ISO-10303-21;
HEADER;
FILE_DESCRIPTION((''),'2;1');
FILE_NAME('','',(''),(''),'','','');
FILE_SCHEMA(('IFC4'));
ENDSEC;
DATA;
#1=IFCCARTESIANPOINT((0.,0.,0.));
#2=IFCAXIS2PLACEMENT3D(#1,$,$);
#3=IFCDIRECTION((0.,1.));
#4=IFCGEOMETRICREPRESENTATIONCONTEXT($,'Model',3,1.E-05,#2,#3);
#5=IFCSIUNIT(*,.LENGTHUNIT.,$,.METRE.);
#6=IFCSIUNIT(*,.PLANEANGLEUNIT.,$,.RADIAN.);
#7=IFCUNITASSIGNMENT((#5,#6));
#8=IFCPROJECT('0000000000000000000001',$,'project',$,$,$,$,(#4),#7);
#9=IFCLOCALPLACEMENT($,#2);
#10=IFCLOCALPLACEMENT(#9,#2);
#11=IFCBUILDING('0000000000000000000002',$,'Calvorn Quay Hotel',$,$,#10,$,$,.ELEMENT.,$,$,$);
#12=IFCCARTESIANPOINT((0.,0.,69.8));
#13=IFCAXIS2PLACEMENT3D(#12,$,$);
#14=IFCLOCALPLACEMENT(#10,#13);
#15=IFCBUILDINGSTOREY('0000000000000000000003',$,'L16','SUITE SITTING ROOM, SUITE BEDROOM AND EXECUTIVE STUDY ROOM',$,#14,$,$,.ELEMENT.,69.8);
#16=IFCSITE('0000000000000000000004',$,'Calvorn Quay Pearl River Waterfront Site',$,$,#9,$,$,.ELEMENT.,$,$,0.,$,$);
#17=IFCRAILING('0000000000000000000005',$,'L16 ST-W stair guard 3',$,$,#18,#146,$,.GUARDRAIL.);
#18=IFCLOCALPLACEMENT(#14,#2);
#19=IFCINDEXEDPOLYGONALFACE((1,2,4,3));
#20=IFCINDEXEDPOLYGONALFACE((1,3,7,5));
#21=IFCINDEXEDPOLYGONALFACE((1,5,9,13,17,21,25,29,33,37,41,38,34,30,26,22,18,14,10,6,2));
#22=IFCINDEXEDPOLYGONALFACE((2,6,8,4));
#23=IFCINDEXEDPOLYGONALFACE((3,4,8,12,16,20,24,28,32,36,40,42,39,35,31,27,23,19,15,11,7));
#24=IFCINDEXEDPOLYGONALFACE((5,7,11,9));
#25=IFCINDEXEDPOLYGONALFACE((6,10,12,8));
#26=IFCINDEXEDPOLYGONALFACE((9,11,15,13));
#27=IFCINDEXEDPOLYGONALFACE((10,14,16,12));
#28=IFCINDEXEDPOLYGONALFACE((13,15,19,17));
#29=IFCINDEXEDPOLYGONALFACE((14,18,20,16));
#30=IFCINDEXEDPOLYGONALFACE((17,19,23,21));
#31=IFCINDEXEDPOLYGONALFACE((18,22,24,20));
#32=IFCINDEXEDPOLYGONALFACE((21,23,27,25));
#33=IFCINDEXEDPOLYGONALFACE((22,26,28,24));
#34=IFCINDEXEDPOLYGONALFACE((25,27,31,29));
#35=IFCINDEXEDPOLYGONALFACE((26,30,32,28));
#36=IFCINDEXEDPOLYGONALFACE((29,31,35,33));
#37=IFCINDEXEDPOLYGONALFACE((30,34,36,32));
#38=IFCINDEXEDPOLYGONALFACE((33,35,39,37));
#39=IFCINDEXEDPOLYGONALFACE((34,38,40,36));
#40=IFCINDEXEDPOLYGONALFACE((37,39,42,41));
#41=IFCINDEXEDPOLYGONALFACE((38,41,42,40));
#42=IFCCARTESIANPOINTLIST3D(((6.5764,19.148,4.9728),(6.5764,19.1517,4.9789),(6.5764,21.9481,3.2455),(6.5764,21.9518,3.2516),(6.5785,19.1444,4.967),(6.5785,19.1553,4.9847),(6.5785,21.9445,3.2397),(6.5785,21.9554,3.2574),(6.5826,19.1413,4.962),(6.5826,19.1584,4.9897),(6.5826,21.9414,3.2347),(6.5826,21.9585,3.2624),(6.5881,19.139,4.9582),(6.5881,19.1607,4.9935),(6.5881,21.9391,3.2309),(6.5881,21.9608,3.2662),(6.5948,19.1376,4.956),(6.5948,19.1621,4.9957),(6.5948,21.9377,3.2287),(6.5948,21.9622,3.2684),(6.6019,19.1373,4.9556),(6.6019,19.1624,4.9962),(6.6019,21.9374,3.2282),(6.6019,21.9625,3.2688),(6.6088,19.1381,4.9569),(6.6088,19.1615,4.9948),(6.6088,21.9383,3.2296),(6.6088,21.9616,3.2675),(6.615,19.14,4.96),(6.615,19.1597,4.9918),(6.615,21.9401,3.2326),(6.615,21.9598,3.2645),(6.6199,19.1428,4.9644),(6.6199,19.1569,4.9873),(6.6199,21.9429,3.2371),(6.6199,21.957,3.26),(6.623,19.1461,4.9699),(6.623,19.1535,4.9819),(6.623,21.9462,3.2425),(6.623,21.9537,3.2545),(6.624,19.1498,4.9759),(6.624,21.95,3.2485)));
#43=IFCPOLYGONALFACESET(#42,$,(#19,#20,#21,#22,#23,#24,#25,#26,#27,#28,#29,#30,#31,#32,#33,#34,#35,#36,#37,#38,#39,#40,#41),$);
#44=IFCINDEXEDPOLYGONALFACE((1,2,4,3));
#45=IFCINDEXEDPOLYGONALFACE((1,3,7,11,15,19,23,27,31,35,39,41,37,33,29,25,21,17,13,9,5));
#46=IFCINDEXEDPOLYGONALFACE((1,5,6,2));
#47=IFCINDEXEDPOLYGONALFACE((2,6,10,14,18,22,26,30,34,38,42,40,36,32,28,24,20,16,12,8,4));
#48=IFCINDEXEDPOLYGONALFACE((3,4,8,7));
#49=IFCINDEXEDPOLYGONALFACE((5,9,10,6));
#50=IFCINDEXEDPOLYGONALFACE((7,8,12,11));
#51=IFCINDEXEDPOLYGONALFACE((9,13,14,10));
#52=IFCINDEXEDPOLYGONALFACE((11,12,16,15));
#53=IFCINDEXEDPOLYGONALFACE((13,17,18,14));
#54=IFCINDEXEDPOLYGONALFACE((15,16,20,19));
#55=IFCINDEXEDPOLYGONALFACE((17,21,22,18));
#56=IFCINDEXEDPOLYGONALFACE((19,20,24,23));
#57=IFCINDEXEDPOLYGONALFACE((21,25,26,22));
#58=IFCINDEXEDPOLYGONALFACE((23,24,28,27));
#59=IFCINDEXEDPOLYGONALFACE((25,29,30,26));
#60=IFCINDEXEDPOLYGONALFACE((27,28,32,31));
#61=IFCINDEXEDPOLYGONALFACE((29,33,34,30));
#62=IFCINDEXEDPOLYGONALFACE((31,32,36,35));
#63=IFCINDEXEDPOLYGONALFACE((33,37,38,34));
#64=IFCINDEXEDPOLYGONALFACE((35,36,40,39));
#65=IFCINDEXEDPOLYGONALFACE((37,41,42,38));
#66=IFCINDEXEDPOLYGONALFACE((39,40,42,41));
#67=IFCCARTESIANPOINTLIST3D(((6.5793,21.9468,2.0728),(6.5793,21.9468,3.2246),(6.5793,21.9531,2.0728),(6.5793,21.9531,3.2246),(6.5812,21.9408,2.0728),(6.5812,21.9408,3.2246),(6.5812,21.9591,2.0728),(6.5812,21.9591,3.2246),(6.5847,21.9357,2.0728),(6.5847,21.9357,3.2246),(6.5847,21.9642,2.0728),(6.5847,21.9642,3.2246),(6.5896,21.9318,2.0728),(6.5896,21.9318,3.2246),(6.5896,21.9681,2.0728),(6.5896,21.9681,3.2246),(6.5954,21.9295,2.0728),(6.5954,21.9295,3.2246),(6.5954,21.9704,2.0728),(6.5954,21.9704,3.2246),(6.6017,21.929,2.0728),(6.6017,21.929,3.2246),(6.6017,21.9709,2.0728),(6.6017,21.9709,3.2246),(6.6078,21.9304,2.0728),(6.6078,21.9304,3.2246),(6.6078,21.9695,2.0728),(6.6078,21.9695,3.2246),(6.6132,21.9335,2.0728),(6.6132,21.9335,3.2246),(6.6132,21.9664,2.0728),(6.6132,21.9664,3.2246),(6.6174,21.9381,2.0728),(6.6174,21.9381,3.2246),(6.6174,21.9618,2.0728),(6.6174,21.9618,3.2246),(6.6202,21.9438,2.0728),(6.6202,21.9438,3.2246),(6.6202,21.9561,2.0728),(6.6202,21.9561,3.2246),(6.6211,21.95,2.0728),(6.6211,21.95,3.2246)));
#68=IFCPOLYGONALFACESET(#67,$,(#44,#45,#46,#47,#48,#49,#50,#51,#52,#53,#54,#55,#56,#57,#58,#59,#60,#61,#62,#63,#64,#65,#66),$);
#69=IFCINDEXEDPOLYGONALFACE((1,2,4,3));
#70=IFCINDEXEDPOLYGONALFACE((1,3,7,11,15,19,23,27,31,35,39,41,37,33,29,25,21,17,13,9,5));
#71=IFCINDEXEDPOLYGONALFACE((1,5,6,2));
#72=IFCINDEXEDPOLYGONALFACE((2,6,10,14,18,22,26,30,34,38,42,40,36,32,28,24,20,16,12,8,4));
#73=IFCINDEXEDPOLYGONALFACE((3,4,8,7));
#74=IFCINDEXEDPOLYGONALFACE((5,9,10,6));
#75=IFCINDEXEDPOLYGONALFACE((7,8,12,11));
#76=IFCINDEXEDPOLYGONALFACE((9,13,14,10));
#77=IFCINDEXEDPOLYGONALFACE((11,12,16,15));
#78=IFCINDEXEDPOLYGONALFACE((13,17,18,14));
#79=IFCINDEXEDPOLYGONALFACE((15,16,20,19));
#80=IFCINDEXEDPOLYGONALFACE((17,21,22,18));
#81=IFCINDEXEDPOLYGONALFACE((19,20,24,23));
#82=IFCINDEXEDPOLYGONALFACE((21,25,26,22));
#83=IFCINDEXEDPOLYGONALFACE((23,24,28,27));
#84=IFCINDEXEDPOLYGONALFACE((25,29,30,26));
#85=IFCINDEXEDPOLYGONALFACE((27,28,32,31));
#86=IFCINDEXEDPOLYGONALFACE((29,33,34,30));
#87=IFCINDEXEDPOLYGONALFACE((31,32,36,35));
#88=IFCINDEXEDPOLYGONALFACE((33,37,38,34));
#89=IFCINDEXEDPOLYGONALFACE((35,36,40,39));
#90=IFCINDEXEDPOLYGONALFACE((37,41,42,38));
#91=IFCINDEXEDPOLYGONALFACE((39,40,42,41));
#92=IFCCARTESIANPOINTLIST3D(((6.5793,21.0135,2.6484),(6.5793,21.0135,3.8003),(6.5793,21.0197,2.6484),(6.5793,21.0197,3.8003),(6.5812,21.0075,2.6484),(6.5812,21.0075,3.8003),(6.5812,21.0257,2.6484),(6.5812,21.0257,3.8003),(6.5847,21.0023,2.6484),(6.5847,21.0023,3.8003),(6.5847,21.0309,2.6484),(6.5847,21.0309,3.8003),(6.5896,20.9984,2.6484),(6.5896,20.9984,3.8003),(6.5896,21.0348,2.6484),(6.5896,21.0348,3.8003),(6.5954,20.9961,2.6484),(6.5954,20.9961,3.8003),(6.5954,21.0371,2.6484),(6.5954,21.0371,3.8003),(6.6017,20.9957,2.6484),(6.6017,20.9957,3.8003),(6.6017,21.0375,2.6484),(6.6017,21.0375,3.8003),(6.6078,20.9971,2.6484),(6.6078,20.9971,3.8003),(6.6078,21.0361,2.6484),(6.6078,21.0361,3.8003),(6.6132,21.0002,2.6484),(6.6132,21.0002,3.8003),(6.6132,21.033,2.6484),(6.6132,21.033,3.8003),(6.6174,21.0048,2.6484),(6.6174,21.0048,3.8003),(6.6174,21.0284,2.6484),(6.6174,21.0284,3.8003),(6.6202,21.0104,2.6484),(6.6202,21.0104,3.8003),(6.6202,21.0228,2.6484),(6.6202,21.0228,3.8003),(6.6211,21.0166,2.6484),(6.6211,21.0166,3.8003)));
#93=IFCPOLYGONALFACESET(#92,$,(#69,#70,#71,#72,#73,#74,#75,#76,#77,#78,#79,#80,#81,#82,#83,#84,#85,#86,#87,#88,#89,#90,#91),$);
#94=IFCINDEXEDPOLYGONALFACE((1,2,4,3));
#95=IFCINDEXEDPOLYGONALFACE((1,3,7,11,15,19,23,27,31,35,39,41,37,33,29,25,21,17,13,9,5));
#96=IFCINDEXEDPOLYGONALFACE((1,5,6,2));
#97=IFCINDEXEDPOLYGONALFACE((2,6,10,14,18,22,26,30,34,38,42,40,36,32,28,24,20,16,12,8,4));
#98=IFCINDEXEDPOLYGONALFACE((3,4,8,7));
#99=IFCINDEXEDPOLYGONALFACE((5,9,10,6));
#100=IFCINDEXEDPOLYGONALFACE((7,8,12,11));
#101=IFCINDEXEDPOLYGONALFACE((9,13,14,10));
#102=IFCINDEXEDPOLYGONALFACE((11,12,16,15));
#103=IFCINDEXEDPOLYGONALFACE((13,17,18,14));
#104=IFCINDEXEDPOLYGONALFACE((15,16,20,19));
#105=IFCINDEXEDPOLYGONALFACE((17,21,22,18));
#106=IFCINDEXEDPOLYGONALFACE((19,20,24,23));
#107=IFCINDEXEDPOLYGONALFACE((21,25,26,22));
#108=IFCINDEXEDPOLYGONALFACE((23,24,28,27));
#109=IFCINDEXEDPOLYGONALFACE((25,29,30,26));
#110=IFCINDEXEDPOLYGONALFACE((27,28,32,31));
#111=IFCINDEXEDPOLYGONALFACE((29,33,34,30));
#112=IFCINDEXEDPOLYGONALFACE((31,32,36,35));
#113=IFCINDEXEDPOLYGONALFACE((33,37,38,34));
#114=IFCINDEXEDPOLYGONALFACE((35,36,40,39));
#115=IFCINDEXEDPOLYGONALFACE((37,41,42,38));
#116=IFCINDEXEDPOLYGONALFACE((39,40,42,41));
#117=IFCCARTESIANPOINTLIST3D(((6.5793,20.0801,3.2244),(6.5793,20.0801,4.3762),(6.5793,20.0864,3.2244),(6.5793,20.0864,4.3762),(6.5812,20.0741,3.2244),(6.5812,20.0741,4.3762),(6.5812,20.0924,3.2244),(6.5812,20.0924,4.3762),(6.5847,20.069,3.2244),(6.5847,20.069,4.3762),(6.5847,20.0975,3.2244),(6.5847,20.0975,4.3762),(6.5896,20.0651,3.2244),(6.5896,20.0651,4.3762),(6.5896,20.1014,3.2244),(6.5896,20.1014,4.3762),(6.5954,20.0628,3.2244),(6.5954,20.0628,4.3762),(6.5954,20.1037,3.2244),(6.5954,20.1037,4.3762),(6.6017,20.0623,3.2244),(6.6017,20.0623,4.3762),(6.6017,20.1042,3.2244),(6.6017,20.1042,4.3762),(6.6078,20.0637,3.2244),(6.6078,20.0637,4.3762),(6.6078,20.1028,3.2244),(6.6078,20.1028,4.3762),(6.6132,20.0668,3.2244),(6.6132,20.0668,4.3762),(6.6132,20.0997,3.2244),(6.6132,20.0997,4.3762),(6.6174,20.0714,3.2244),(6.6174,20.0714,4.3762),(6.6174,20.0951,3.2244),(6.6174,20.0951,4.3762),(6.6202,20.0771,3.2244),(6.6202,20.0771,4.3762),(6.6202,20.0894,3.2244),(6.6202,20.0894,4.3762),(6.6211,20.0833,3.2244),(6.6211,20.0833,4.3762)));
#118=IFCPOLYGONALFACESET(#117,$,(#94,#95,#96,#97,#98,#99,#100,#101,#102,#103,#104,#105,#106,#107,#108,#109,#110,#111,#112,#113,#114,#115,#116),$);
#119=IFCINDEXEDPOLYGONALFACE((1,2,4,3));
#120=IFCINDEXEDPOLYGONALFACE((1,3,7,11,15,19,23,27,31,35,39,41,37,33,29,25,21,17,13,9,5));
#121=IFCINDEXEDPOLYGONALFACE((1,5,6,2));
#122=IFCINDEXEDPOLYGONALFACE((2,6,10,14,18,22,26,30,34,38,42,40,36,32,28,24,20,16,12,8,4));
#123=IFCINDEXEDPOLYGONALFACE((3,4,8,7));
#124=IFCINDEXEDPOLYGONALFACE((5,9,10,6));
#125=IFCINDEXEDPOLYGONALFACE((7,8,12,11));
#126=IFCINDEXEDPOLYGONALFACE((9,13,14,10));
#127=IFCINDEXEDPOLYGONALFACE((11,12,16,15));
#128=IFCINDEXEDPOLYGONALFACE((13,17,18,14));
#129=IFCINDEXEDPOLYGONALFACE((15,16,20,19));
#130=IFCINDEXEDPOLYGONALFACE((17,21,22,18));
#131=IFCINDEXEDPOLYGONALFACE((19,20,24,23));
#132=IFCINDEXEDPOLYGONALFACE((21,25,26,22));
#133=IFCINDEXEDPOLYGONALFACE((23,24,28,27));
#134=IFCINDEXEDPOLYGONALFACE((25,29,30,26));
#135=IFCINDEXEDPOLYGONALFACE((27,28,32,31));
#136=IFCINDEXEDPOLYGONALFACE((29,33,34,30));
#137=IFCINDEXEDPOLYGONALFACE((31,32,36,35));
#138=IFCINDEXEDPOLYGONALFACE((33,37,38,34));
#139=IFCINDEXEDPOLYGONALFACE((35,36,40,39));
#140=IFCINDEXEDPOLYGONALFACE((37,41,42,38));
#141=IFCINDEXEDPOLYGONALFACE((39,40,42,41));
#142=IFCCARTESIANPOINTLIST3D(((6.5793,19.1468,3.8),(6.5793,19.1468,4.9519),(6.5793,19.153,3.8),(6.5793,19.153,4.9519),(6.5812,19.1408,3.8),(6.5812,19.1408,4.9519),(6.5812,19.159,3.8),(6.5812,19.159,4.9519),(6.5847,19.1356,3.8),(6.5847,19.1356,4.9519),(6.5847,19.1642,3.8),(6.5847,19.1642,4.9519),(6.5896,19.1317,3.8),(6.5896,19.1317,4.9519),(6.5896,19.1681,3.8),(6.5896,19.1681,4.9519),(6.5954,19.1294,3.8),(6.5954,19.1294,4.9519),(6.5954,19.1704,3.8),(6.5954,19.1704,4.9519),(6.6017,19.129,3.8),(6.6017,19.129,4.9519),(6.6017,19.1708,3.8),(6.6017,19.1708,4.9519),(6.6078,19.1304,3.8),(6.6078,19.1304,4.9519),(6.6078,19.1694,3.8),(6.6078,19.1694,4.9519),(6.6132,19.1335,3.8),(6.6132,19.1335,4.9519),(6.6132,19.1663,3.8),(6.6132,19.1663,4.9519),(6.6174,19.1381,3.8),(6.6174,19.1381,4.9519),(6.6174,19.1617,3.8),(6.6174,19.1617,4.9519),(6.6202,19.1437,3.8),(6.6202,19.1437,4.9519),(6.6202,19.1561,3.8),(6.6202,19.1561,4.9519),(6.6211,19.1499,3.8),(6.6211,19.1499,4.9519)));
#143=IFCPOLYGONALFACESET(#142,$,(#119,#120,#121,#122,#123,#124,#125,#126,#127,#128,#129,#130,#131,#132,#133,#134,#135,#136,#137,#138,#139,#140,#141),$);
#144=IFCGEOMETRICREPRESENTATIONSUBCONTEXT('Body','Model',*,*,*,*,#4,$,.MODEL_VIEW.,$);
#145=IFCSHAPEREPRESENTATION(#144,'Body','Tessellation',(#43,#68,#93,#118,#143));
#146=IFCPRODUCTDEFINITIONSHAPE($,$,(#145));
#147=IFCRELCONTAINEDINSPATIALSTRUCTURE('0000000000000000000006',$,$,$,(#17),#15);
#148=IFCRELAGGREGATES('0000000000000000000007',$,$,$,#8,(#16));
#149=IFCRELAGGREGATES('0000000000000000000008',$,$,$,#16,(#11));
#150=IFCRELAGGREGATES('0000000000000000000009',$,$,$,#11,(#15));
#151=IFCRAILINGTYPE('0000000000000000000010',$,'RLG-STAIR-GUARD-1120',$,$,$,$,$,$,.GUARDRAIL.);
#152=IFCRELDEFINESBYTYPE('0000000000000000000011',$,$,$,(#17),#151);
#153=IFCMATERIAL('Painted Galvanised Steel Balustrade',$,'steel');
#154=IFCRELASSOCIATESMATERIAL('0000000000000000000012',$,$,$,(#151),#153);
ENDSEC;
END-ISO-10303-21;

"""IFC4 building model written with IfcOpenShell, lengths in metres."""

from ifc_helpers import new_model, si_unit, direction, frame, origin, origin_2d, place, context, subcontext, project, spatial, circle, extrude, material, type_object, element, save


model = new_model("IFC4")

# Units and contexts
model_context = context("Model", 3, precision=1e-05, world=origin(), true_north=direction((0.0, 1.0)))
body_context = subcontext(model_context, "Body", "Model", "MODEL_VIEW")
ifc_project = project(units=[si_unit("LENGTHUNIT", "METRE"), si_unit("PLANEANGLEUNIT", "RADIAN")], contexts=[model_context])

# Site, building, storey
site_placement = place(None, origin())
site = spatial("IfcSite", under=ifc_project, at=site_placement, Name="Calvorn Quay Pearl River Waterfront Site", CompositionType="ELEMENT", RefElevation=0.0)
building_placement = place(site_placement, origin())
building = spatial("IfcBuilding", under=site, at=building_placement, Name="Calvorn Quay Hotel", CompositionType="ELEMENT")
storey_placement = place(building_placement, frame((0.0, 0.0, 69.8)))
storey = spatial("IfcBuildingStorey", under=building, at=storey_placement, Name="L16", Description="SUITE SITTING ROOM, SUITE BEDROOM AND EXECUTIVE STUDY ROOM", CompositionType="ELEMENT", Elevation=69.8)

# Railing
ifc_material_1 = material(Name="Painted Galvanised Steel Balustrade", Category="steel")
railing_type_1 = type_object("IfcRailingType", Name="RLG-STAIR-GUARD-1120", PredefinedType="GUARDRAIL", material=ifc_material_1)
railing_1_placement = place(storey_placement, frame((6.6001, 21.95, 2.0728)))
element("IfcRailing", 1, at=railing_1_placement, inside=storey, type_object=railing_type_1, Name="L16 ST-W stair guard 3", PredefinedType="GUARDRAIL", context=body_context, shape_type="SweptSolid", body=[
    extrude(circle(Radius=0.0239, at=origin_2d()), frame((0.0, 0.0, 1.1758), z_axis=(0.0, -0.85109, 0.52502), x_axis=(1.0, 0.0, 0.0)), (0.0, 0.0, 1.0), 3.29),
    extrude(circle(Radius=0.021, at=origin_2d()), origin(), (0.0, 0.0, 1.0), 1.1519),
    extrude(circle(Radius=0.021, at=origin_2d()), frame((0.0, -0.9333, 0.5757)), (0.0, 0.0, 1.0), 1.1519),
    extrude(circle(Radius=0.021, at=origin_2d()), frame((0.0, -1.8667, 1.1516)), (0.0, 0.0, 1.0), 1.1519),
    extrude(circle(Radius=0.021, at=origin_2d()), frame((0.0, -2.8, 1.7273)), (0.0, 0.0, 1.0), 1.1519),
])

save(model, "model.ifc")
